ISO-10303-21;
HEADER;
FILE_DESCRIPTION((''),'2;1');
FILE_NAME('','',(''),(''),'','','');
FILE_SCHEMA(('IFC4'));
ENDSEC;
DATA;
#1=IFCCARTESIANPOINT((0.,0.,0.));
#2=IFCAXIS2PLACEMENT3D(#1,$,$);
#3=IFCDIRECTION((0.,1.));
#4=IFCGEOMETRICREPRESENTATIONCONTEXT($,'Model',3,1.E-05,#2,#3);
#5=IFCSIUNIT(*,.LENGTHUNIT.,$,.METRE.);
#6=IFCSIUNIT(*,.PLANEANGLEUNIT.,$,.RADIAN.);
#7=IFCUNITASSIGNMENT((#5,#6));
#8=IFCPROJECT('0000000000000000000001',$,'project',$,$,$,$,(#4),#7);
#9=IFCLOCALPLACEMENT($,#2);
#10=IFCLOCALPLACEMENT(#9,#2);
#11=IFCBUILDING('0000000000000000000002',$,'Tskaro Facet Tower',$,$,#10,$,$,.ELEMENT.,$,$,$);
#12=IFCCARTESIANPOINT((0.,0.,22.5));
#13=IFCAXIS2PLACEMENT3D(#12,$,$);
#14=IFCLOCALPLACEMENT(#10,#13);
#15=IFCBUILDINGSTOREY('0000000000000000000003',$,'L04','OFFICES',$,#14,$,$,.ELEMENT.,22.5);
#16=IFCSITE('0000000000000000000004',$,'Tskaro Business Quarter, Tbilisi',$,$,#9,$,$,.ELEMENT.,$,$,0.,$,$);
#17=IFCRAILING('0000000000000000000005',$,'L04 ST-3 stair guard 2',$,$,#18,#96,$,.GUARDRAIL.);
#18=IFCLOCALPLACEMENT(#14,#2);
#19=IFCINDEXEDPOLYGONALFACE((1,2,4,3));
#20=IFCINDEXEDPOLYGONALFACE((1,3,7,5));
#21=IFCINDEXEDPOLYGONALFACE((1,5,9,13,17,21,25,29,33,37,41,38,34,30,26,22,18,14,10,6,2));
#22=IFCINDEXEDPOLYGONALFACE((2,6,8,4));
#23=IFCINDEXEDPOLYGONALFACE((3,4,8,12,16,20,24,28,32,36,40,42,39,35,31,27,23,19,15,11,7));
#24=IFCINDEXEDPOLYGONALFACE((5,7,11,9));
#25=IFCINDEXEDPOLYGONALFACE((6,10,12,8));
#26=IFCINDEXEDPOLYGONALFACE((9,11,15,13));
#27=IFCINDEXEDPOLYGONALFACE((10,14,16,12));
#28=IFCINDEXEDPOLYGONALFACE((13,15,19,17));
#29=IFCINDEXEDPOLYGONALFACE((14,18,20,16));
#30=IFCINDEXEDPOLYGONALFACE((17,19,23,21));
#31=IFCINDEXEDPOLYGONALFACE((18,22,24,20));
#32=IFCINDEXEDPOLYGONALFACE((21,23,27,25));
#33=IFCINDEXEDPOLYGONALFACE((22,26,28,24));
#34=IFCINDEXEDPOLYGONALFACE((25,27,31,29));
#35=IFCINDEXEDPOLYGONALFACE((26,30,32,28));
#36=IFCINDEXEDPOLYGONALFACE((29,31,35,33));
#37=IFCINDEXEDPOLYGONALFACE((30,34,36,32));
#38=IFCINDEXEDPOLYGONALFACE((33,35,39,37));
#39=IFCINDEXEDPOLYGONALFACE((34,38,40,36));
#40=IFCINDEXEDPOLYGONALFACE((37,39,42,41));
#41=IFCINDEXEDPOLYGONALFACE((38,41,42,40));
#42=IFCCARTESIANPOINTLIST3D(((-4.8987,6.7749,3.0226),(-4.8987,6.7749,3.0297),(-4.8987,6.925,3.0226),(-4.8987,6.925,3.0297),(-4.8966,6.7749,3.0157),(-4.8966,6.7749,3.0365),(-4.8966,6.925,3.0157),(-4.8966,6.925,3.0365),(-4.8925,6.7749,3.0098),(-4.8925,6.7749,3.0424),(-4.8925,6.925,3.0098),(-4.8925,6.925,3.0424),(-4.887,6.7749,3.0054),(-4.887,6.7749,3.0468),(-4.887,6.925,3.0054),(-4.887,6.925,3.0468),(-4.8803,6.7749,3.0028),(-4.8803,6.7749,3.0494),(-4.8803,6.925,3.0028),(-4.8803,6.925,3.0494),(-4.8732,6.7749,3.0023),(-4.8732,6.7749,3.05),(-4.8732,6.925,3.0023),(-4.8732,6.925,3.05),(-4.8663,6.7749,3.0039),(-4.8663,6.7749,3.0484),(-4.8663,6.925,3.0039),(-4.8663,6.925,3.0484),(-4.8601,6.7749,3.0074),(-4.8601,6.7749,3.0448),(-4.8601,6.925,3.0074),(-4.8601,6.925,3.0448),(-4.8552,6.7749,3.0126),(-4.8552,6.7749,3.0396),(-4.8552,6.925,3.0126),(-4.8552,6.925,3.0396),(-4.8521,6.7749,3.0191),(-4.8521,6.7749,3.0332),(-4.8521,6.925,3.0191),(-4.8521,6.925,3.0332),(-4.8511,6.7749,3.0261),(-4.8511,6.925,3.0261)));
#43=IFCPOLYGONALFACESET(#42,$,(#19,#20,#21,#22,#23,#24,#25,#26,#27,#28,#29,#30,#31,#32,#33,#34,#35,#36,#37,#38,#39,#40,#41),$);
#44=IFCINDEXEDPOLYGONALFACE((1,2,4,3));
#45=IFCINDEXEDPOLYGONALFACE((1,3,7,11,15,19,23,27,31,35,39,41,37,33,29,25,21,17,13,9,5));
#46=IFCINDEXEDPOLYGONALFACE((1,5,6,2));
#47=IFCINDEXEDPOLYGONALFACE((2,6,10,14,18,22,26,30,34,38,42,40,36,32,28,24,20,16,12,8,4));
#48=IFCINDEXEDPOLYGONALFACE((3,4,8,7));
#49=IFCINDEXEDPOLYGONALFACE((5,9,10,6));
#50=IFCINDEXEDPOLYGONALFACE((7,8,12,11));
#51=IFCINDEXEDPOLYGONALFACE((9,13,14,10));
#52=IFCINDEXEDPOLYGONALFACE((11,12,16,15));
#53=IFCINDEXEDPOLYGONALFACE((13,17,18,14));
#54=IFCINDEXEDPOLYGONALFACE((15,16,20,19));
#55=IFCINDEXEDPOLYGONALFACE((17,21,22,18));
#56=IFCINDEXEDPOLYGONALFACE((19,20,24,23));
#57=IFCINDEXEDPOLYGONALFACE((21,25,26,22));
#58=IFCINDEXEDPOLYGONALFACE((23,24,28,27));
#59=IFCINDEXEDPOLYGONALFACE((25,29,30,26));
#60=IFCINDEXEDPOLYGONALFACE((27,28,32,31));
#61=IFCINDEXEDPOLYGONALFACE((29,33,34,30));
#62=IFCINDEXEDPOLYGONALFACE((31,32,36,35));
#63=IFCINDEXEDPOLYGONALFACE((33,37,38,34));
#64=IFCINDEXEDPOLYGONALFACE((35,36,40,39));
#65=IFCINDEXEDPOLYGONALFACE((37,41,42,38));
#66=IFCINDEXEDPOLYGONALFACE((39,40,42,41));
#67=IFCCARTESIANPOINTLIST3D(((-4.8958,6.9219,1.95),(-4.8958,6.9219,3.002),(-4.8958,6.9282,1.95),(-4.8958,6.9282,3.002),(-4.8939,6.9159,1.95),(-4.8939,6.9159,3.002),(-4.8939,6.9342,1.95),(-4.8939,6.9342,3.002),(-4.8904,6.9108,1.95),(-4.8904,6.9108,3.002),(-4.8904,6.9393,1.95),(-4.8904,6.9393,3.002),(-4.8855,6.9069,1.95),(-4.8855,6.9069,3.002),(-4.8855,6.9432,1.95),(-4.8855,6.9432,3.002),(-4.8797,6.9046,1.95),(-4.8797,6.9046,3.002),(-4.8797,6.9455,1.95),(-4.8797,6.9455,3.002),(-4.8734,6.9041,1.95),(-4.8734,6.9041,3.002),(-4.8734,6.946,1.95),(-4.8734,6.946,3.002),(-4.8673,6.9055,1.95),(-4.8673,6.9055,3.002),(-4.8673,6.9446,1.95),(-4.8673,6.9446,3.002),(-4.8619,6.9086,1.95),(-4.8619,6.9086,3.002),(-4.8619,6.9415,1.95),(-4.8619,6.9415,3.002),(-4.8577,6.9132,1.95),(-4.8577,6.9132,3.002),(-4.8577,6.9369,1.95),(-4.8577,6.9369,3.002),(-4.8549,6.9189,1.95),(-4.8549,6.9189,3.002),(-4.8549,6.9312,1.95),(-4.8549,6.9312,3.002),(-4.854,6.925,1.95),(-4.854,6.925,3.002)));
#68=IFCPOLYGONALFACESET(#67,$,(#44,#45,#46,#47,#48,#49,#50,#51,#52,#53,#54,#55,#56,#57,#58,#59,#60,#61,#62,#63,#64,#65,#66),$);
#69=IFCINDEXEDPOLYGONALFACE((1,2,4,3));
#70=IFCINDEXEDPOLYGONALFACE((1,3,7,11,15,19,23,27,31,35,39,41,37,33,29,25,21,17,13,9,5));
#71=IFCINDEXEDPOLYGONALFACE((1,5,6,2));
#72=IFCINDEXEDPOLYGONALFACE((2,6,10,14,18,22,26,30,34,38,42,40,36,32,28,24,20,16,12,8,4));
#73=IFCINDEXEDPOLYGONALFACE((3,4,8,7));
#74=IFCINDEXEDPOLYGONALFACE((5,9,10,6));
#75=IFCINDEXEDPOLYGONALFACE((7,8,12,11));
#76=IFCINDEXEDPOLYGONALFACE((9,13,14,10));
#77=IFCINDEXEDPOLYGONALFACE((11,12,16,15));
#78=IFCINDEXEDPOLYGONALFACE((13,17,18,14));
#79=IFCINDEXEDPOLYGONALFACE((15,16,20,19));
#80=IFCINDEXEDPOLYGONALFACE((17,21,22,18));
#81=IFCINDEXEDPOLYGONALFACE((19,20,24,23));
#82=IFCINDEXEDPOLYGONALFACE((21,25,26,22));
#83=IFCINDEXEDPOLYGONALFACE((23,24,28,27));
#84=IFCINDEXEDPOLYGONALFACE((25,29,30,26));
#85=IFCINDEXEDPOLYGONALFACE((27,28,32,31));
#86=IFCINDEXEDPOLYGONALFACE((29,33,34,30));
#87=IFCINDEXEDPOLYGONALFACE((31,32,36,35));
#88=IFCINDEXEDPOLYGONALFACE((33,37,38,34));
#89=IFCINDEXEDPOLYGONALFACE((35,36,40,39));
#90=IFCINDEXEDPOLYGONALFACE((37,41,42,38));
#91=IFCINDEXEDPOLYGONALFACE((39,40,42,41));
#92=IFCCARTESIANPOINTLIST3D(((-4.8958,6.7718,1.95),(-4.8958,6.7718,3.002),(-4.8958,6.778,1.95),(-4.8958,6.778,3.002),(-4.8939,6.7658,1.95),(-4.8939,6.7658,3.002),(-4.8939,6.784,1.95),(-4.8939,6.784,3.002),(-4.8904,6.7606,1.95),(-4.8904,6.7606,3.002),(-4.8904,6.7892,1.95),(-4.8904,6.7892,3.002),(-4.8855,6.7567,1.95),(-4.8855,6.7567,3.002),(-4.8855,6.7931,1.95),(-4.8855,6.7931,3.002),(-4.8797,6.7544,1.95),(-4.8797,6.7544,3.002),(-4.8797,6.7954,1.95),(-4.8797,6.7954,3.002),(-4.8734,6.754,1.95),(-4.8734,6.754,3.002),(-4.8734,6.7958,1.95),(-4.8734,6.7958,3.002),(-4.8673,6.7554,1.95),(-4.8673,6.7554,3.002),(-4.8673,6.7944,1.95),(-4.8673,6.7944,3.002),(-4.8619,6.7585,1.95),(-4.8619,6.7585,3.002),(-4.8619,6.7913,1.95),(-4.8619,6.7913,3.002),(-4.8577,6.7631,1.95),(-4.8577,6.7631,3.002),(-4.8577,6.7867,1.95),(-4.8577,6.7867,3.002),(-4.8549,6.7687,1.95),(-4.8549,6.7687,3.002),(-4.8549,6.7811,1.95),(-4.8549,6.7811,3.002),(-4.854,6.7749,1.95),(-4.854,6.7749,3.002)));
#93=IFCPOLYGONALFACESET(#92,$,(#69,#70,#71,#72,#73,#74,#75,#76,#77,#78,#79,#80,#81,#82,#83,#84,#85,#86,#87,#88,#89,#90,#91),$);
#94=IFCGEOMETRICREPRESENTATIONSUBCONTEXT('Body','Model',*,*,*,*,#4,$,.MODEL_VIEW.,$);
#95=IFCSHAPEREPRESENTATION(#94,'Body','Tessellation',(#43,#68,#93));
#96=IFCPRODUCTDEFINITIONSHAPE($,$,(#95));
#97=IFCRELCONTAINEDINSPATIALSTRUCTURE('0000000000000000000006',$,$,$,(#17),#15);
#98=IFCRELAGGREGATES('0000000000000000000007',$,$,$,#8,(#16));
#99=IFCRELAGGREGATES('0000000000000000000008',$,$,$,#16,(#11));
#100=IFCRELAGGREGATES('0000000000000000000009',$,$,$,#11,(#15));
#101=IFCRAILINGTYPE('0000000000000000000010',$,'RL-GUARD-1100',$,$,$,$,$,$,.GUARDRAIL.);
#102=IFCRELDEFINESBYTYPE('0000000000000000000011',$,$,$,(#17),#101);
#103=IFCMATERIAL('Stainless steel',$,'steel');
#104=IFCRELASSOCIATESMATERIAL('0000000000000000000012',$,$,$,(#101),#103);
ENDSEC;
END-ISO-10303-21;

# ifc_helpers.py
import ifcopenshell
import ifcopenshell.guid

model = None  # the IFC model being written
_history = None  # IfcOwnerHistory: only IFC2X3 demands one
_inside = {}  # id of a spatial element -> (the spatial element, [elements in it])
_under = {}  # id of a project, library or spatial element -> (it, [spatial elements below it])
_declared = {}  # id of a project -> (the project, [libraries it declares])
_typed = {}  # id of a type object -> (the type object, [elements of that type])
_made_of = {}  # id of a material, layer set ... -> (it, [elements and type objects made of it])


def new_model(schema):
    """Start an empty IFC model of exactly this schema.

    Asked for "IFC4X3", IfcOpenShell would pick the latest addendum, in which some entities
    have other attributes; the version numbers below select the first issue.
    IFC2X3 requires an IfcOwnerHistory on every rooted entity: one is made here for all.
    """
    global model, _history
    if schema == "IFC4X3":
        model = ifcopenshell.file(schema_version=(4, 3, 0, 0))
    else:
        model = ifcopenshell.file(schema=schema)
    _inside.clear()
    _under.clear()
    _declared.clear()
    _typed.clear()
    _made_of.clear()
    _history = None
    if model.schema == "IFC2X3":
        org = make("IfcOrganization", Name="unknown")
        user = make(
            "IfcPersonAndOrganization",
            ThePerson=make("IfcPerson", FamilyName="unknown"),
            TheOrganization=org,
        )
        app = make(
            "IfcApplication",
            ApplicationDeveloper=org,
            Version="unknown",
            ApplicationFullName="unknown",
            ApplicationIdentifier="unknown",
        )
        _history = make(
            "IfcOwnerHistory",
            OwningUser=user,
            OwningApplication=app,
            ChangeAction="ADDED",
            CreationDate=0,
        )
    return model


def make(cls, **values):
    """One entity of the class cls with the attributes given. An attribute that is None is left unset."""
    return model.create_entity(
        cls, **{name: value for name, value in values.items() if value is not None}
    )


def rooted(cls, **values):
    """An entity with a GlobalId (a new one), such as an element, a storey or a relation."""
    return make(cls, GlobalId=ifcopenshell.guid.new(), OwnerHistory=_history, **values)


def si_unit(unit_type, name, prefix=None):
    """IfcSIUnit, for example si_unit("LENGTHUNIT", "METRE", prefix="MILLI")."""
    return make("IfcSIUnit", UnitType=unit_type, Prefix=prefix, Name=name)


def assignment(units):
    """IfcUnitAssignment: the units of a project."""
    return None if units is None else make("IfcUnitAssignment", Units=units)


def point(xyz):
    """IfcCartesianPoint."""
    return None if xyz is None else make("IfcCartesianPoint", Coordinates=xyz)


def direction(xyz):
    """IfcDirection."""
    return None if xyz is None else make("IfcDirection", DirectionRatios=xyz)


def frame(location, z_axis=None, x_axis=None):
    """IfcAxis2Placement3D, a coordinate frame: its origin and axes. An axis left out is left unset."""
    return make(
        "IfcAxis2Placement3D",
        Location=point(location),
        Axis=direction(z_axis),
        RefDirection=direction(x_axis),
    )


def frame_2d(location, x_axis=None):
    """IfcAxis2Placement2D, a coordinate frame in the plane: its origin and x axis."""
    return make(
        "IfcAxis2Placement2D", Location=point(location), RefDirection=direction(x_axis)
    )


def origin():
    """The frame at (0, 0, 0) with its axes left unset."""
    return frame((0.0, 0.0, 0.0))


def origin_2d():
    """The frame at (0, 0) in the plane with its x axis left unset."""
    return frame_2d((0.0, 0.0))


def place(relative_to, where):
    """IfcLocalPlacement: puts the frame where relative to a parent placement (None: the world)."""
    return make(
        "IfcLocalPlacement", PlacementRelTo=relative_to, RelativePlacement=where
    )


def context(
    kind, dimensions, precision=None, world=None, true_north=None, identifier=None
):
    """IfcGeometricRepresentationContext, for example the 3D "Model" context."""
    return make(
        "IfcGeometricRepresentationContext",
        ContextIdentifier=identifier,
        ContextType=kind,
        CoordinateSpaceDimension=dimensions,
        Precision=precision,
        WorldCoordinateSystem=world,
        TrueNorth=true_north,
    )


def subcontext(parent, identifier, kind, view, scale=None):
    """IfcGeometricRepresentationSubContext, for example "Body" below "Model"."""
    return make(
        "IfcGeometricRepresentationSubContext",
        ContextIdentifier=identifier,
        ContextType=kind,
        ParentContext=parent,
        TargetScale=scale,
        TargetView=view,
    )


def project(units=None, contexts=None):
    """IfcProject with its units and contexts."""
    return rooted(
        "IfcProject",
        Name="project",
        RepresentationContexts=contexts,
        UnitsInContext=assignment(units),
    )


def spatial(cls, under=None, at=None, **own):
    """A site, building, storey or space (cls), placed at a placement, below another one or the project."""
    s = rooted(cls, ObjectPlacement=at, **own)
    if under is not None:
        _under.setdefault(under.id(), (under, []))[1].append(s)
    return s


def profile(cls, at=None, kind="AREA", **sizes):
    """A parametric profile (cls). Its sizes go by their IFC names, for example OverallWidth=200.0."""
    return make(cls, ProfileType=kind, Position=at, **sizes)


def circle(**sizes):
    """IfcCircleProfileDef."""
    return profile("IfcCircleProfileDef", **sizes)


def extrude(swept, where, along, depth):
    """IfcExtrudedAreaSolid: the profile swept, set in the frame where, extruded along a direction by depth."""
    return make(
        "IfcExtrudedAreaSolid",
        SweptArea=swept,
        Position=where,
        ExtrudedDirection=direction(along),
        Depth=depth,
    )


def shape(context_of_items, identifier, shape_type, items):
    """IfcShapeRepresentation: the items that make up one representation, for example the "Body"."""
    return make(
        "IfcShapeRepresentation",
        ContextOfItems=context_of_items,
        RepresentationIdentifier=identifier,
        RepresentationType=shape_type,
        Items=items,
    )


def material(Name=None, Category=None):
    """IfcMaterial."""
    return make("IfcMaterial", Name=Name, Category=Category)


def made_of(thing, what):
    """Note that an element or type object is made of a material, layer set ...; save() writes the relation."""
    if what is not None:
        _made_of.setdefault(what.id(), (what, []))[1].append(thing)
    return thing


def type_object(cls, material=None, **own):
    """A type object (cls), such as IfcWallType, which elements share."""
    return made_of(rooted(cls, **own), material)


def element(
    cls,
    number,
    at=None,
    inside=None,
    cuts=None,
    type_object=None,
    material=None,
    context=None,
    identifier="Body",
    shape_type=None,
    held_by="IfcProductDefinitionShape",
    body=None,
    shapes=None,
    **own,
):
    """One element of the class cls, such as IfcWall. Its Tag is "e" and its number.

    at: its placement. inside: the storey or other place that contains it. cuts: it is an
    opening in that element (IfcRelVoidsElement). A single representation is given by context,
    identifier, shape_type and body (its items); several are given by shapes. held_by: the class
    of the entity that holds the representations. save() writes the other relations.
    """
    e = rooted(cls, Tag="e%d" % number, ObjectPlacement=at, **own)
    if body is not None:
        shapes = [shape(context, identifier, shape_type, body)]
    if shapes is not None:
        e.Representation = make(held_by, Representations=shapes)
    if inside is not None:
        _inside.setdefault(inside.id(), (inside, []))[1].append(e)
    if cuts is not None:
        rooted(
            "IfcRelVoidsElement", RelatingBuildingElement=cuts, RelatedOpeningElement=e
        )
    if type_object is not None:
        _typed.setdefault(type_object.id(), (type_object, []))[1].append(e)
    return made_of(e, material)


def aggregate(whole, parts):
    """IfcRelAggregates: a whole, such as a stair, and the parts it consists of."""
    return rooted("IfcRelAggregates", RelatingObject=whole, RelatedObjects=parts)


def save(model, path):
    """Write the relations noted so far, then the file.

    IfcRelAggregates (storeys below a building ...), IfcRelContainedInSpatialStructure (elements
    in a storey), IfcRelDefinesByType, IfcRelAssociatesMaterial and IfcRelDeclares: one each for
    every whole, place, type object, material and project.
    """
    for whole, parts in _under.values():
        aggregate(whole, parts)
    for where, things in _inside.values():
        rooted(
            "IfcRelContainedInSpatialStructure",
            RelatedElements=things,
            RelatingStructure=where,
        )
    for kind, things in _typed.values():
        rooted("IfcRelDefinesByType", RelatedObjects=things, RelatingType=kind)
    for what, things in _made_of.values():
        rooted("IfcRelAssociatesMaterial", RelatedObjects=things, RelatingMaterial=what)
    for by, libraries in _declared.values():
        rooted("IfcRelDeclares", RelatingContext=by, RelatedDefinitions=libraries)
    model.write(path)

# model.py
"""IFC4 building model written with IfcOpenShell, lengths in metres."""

from ifc_helpers import new_model, si_unit, direction, frame, origin, origin_2d, place, context, subcontext, project, spatial, circle, extrude, material, type_object, element, save


model = new_model("IFC4")

# Units and contexts
model_context = context("Model", 3, precision=1e-05, world=origin(), true_north=direction((0.0, 1.0)))
body_context = subcontext(model_context, "Body", "Model", "MODEL_VIEW")
ifc_project = project(units=[si_unit("LENGTHUNIT", "METRE"), si_unit("PLANEANGLEUNIT", "RADIAN")], contexts=[model_context])

# Site, building, storey
site_placement = place(None, origin())
site = spatial("IfcSite", under=ifc_project, at=site_placement, Name="Tskaro Business Quarter, Tbilisi", CompositionType="ELEMENT", RefElevation=0.0)
building_placement = place(site_placement, origin())
building = spatial("IfcBuilding", under=site, at=building_placement, Name="Tskaro Facet Tower", CompositionType="ELEMENT")
storey_placement = place(building_placement, frame((0.0, 0.0, 22.5)))
storey = spatial("IfcBuildingStorey", under=building, at=storey_placement, Name="L04", Description="OFFICES", CompositionType="ELEMENT", Elevation=22.5)

# Railing
ifc_material_1 = material(Name="Stainless steel", Category="steel")
railing_type_1 = type_object("IfcRailingType", Name="RL-GUARD-1100", PredefinedType="GUARDRAIL", material=ifc_material_1)
railing_1_placement = place(storey_placement, frame((-4.875, 6.925, 1.95)))
element("IfcRailing", 1, at=railing_1_placement, inside=storey, type_object=railing_type_1, Name="L04 ST-3 stair guard 2", PredefinedType="GUARDRAIL", context=body_context, shape_type="SweptSolid", body=[
    extrude(circle(Radius=0.0239, at=origin_2d()), frame((0.0, 0.0, 1.0762), z_axis=(0.0, -1.0, 0.0), x_axis=(1.0, 0.0, 0.0)), (0.0, 0.0, 1.0), 0.1501),
    extrude(circle(Radius=0.021, at=origin_2d()), origin(), (0.0, 0.0, 1.0), 1.052),
    extrude(circle(Radius=0.021, at=origin_2d()), frame((0.0, -0.1501, 0.0)), (0.0, 0.0, 1.0), 1.052),
])

save(model, "model.ifc")
